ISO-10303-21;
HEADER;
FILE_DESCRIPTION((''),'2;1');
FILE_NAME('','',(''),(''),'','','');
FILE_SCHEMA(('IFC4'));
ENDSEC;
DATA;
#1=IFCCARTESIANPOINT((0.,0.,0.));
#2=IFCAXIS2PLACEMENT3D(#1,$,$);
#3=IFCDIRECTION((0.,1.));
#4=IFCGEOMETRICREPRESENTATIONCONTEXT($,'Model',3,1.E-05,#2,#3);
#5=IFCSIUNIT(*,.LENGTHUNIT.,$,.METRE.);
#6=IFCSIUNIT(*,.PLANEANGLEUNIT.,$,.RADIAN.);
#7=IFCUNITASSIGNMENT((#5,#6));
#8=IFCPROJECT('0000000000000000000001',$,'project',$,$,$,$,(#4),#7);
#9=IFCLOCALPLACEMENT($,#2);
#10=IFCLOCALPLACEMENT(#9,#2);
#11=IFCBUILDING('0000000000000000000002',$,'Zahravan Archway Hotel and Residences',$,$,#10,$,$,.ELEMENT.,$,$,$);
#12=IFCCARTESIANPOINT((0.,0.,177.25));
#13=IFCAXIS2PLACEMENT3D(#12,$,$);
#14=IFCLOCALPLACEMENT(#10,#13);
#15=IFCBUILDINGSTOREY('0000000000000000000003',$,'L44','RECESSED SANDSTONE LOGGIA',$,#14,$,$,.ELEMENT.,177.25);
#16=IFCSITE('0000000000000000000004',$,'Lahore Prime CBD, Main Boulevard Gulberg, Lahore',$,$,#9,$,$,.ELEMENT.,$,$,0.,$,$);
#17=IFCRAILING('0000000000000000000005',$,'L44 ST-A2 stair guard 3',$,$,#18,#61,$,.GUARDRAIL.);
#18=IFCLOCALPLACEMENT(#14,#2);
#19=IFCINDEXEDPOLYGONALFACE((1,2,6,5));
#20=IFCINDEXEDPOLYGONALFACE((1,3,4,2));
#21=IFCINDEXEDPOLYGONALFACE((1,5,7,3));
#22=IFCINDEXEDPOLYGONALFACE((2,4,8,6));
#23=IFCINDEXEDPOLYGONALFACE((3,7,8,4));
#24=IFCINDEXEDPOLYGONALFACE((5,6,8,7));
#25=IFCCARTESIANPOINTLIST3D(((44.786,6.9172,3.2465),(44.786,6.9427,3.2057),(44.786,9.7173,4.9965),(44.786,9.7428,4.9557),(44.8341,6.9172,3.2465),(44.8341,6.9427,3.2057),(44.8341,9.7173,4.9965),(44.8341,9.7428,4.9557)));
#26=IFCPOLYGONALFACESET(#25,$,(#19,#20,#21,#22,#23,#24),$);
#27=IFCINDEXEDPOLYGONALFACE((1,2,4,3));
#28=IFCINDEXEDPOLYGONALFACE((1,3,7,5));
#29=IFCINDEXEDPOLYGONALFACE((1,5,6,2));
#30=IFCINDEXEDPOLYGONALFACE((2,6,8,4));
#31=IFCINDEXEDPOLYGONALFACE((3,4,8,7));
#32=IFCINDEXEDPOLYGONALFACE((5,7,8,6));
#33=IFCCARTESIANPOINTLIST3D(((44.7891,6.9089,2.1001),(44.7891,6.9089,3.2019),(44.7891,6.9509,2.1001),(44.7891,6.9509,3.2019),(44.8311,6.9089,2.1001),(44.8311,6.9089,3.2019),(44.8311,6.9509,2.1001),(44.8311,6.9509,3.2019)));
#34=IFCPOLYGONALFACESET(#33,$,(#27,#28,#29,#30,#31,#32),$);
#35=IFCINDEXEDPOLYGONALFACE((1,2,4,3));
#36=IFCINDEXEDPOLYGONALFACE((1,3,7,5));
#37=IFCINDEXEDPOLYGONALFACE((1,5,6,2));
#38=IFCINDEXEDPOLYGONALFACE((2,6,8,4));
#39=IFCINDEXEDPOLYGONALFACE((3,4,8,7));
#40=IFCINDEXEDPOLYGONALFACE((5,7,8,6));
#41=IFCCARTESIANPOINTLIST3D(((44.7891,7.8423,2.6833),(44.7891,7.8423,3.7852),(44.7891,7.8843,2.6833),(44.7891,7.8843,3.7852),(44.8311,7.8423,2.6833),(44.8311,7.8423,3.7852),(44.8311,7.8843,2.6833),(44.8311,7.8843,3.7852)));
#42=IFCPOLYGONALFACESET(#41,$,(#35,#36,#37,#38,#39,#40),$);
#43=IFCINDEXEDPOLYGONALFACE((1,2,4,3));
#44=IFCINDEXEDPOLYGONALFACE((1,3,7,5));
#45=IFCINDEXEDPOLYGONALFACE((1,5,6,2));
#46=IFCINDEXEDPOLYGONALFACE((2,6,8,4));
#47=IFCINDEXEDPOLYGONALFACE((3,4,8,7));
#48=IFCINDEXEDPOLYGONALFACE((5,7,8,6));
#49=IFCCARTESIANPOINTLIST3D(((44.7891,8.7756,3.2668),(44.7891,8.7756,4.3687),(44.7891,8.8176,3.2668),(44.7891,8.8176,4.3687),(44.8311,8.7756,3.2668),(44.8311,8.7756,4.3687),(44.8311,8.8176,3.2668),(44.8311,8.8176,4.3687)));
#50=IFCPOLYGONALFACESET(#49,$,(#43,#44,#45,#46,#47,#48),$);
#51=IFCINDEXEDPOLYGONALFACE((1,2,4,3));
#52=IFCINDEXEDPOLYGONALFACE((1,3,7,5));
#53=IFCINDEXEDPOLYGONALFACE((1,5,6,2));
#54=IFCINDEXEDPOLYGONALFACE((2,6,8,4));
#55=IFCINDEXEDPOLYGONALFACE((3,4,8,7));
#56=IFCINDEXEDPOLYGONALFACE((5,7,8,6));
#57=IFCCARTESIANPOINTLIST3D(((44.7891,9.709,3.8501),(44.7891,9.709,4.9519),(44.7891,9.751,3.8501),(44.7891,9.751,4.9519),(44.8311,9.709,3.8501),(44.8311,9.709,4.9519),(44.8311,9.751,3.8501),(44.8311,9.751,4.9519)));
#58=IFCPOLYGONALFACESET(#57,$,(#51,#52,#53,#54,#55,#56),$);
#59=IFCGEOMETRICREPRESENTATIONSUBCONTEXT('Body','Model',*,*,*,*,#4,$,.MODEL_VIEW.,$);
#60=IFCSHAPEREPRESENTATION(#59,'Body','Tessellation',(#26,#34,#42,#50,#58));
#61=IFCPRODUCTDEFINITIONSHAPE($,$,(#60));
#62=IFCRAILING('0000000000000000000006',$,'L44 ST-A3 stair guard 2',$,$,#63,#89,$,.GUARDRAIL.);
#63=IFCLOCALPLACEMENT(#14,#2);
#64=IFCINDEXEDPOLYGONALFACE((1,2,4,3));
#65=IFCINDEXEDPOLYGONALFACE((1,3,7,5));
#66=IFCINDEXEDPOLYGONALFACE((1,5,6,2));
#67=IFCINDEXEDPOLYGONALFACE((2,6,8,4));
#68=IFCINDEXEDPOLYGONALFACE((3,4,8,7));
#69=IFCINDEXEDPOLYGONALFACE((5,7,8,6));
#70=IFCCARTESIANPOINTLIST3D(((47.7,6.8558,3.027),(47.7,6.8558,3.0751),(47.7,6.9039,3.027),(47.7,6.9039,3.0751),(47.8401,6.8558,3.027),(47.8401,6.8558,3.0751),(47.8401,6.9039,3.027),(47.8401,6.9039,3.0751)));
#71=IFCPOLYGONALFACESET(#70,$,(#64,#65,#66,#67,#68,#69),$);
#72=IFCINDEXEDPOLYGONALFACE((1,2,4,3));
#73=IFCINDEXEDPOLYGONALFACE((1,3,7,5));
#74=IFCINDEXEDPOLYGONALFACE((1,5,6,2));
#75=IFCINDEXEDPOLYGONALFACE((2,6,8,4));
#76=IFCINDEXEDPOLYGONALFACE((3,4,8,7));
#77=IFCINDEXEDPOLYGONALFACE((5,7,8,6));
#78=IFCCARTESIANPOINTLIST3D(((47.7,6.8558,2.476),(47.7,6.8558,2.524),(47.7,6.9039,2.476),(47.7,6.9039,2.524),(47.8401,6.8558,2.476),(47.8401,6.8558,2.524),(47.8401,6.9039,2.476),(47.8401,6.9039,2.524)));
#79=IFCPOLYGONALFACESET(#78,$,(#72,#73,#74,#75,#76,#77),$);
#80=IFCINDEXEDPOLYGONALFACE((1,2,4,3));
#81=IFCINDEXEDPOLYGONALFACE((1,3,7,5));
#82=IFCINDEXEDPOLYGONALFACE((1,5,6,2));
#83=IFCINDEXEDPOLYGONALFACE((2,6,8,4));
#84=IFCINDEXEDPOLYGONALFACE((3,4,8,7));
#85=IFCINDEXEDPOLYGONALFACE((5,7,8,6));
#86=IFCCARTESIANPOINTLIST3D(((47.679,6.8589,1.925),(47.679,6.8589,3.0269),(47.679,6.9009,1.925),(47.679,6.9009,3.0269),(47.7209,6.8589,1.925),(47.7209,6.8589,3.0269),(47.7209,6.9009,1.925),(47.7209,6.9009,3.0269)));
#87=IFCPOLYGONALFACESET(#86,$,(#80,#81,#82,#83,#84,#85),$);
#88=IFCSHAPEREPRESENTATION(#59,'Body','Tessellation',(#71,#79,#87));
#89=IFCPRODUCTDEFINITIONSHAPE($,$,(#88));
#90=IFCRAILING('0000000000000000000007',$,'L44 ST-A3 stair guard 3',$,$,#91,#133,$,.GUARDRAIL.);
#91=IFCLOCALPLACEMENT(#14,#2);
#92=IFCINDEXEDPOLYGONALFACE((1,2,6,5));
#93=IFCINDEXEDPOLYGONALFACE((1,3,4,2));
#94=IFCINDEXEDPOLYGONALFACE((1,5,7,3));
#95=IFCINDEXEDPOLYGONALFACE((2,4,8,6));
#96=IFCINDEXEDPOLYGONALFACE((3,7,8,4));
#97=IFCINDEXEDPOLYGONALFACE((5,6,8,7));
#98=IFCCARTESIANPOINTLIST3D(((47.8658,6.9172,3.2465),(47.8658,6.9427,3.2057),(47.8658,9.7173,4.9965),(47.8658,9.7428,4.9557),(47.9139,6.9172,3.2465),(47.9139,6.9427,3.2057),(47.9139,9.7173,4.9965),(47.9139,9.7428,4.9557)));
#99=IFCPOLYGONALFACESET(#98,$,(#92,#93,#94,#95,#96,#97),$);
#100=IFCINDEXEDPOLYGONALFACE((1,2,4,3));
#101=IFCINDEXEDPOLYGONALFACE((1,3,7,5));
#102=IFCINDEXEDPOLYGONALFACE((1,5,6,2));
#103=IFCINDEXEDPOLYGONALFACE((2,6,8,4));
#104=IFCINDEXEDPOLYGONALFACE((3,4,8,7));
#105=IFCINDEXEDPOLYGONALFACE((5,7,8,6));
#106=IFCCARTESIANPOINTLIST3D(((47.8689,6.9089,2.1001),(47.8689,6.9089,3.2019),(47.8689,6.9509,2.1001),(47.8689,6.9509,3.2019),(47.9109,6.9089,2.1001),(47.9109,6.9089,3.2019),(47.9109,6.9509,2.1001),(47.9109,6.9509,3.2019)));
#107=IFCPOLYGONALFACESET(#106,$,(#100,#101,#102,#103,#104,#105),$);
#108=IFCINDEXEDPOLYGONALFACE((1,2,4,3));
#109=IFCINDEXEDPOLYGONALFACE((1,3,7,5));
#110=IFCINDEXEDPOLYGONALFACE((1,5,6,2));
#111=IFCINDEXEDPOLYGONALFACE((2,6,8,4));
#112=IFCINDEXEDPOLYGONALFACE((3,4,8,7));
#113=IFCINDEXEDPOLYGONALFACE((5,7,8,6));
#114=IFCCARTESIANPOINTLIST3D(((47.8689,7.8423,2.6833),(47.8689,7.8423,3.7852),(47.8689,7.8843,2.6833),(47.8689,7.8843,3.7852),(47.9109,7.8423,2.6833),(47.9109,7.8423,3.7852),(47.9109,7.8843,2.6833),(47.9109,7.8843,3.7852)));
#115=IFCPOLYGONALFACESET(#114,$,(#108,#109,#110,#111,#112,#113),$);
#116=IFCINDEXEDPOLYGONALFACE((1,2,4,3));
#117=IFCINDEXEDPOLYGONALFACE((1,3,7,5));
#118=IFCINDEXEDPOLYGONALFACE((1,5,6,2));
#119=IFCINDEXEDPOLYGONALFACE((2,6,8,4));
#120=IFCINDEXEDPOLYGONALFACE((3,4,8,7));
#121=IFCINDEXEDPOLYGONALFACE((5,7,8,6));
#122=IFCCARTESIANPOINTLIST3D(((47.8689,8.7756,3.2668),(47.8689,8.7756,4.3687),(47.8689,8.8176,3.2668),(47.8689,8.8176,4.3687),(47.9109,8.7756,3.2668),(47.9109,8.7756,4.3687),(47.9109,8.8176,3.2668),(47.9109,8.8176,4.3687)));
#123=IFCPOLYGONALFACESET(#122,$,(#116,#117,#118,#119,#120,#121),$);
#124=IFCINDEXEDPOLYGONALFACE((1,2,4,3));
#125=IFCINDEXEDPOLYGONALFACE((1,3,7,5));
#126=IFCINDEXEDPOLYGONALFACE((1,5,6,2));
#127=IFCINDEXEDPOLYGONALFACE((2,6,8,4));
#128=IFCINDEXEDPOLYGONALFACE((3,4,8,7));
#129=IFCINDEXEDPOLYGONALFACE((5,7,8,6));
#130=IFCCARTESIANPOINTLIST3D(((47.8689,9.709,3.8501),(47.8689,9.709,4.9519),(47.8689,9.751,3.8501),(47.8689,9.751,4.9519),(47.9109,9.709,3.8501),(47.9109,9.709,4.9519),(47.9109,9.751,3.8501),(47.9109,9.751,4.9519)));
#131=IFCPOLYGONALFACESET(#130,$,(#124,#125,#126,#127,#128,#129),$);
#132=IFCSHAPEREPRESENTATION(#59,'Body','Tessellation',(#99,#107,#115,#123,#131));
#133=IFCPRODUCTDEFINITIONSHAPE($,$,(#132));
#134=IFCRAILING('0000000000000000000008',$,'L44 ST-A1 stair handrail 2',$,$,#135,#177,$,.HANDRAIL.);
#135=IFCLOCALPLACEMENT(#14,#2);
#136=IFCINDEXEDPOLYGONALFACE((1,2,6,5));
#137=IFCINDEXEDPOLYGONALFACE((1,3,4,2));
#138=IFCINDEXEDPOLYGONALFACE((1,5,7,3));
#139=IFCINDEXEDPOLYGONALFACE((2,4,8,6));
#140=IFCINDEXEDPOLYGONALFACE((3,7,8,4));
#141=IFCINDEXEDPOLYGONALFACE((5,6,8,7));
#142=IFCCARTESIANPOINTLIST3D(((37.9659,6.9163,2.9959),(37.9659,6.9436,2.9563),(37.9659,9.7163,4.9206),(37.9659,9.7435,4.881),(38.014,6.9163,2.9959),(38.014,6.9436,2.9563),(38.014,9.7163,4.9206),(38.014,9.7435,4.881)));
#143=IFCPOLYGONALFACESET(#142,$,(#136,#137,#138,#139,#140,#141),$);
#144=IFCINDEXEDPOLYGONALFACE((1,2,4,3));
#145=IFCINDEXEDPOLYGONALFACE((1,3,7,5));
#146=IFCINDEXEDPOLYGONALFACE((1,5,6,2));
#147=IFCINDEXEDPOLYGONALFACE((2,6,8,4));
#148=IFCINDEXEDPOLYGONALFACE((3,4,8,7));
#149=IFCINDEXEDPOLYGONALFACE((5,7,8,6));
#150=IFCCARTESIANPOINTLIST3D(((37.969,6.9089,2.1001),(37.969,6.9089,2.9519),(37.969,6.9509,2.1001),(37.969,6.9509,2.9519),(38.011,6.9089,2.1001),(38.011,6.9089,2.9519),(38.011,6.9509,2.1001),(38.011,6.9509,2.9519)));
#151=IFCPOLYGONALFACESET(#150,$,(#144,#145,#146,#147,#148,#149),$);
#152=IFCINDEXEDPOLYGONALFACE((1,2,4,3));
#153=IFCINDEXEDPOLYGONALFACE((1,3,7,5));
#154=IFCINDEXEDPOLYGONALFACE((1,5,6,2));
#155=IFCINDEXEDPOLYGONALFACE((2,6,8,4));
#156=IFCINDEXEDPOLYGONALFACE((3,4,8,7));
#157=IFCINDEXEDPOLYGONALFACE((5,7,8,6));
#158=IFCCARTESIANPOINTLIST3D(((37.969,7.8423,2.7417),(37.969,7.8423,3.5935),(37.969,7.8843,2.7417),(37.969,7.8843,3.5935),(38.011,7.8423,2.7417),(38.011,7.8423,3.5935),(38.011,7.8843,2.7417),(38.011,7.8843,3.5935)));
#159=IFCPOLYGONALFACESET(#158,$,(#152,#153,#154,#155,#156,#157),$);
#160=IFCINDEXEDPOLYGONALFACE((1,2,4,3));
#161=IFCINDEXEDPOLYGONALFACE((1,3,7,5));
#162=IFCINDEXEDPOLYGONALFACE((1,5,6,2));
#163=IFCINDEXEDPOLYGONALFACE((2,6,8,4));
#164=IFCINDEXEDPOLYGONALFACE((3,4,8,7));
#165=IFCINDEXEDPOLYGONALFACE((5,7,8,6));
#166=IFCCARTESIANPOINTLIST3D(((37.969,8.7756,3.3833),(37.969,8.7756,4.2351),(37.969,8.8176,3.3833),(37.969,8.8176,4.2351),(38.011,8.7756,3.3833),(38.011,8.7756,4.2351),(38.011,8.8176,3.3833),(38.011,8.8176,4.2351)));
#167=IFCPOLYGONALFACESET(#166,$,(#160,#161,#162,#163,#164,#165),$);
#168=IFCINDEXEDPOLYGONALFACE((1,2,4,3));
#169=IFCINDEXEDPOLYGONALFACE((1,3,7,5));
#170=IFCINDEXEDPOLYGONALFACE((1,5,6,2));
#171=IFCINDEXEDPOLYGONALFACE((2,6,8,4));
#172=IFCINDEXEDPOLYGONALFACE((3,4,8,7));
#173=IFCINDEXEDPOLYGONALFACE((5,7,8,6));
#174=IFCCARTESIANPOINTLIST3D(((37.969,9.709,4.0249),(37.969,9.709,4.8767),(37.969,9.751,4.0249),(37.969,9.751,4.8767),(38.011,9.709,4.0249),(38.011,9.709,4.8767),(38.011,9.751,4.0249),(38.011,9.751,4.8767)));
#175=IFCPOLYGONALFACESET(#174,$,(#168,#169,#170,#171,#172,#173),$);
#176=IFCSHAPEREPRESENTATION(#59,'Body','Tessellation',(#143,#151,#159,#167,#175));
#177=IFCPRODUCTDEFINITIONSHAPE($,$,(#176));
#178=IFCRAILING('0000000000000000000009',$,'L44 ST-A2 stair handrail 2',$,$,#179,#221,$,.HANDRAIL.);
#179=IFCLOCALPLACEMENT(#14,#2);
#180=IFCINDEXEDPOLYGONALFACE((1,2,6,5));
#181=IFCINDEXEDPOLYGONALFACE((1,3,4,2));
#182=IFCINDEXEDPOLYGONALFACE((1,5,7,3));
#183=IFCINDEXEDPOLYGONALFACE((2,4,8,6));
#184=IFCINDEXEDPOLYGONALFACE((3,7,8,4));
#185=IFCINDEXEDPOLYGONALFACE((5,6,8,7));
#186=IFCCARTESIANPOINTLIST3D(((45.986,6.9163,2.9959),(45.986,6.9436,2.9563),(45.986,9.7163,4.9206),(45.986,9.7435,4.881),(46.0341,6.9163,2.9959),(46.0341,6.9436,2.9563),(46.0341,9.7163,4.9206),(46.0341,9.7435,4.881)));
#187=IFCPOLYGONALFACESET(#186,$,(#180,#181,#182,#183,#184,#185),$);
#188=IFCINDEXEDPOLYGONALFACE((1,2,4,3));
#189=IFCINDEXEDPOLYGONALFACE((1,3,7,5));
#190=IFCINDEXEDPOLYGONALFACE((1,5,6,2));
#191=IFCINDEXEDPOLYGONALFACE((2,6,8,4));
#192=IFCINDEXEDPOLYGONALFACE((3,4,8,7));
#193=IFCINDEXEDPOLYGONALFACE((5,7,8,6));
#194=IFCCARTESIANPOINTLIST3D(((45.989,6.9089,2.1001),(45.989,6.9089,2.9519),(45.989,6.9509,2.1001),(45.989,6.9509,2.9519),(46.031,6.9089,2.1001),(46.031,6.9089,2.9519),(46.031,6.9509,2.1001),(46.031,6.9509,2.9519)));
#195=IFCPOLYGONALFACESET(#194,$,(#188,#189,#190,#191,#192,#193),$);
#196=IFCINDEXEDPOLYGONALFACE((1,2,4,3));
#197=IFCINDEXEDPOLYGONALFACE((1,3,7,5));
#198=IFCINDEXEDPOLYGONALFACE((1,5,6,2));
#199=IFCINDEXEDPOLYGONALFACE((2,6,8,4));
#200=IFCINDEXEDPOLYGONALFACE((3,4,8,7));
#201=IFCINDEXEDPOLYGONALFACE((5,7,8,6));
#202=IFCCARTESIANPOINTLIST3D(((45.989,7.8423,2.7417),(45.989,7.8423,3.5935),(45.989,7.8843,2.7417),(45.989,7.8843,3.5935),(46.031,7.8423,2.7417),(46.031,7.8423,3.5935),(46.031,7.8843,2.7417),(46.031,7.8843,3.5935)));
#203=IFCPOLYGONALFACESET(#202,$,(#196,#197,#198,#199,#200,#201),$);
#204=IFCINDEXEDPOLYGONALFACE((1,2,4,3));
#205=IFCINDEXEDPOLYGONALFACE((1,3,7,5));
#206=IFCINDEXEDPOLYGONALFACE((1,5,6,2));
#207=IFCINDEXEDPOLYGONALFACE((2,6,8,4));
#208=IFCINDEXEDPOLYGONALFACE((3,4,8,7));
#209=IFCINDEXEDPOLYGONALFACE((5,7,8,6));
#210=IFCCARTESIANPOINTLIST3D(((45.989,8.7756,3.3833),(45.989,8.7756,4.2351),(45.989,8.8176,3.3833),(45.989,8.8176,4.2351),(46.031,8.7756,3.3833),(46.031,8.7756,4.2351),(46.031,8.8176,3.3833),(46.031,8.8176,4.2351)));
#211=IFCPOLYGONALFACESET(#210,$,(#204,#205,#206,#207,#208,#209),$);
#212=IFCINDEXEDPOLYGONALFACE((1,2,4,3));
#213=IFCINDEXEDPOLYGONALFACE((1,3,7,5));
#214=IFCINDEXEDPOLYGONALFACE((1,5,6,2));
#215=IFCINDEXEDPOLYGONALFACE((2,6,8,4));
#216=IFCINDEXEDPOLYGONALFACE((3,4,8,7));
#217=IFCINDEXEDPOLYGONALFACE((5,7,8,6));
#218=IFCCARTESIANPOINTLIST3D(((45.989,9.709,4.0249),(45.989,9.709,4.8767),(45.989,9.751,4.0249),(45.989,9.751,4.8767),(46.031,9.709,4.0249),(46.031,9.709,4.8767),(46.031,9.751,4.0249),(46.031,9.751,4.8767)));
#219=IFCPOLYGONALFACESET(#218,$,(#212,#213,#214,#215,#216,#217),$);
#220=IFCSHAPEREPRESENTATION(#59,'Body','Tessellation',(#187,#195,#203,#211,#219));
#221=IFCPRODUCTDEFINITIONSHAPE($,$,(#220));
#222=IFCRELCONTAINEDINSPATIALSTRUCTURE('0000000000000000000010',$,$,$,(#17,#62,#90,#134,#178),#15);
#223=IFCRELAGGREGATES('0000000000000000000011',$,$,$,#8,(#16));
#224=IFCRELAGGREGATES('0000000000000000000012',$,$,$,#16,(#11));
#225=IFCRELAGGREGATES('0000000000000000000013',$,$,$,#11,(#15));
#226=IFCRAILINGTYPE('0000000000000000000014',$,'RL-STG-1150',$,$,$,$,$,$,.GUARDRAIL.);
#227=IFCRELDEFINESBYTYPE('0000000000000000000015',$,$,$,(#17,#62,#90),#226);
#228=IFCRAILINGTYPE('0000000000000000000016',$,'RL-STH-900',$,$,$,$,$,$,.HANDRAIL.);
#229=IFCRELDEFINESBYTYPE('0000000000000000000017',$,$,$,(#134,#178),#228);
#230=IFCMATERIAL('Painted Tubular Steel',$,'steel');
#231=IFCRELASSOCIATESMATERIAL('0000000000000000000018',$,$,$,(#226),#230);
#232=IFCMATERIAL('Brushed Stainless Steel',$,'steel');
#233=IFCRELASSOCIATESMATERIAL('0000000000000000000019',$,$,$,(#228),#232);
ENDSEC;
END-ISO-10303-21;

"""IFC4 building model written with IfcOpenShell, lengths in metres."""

from ifc_helpers import new_model, si_unit, direction, frame, origin, origin_2d, place, context, subcontext, project, spatial, rectangle, extrude, material, type_object, element, save


model = new_model("IFC4")

# Units and contexts
model_context = context("Model", 3, precision=1e-05, world=origin(), true_north=direction((0.0, 1.0)))
body_context = subcontext(model_context, "Body", "Model", "MODEL_VIEW")
ifc_project = project(units=[si_unit("LENGTHUNIT", "METRE"), si_unit("PLANEANGLEUNIT", "RADIAN")], contexts=[model_context])

# Site, building, storey
site_placement = place(None, origin())
site = spatial("IfcSite", under=ifc_project, at=site_placement, Name="Lahore Prime CBD, Main Boulevard Gulberg, Lahore", CompositionType="ELEMENT", RefElevation=0.0)
building_placement = place(site_placement, origin())
building = spatial("IfcBuilding", under=site, at=building_placement, Name="Zahravan Archway Hotel and Residences", CompositionType="ELEMENT")
storey_placement = place(building_placement, frame((0.0, 0.0, 177.25)))
storey = spatial("IfcBuildingStorey", under=building, at=storey_placement, Name="L44", Description="RECESSED SANDSTONE LOGGIA", CompositionType="ELEMENT", Elevation=177.25)

# Railings
ifc_material_1 = material(Name="Painted Tubular Steel", Category="steel")
railing_type_1 = type_object("IfcRailingType", Name="RL-STG-1150", PredefinedType="GUARDRAIL", material=ifc_material_1)
railing_1_placement = place(storey_placement, frame((44.8101, 6.9299, 2.1001)))
element("IfcRailing", 1, at=railing_1_placement, inside=storey, type_object=railing_type_1, Name="L44 ST-A2 stair guard 3", PredefinedType="GUARDRAIL", context=body_context, shape_type="SweptSolid", body=[
    extrude(rectangle(XDim=0.0481, YDim=0.0481, at=origin_2d()), frame((0.0, 0.0, 1.126), z_axis=(0.0, 0.848002, 0.529992), x_axis=(-1.0, 0.0, 0.0)), (0.0, 0.0, 1.0), 3.302),
    extrude(rectangle(XDim=0.042, YDim=0.042, at=origin_2d()), origin(), (0.0, 0.0, 1.0), 1.1018),
    extrude(rectangle(XDim=0.042, YDim=0.042, at=origin_2d()), frame((0.0, 0.9333, 0.5833)), (0.0, 0.0, 1.0), 1.1018),
    extrude(rectangle(XDim=0.042, YDim=0.042, at=origin_2d()), frame((0.0, 1.8667, 1.1667)), (0.0, 0.0, 1.0), 1.1018),
    extrude(rectangle(XDim=0.042, YDim=0.042, at=origin_2d()), frame((0.0, 2.8, 1.75)), (0.0, 0.0, 1.0), 1.1018),
])
railing_2_placement = place(storey_placement, frame((47.7, 6.8799, 1.925)))
element("IfcRailing", 2, at=railing_2_placement, inside=storey, type_object=railing_type_1, Name="L44 ST-A3 stair guard 2", PredefinedType="GUARDRAIL", context=body_context, shape_type="SweptSolid", body=[
    extrude(rectangle(XDim=0.0481, YDim=0.0481, at=origin_2d()), frame((0.0, 0.0, 1.126), z_axis=(1.0, 0.0, 0.0), x_axis=(0.0, 1.0, 0.0)), (0.0, 0.0, 1.0), 0.1401),
    extrude(rectangle(XDim=0.0481, YDim=0.0481, at=origin_2d()), frame((0.0, 0.0, 0.575), z_axis=(1.0, 0.0, 0.0), x_axis=(0.0, 1.0, 0.0)), (0.0, 0.0, 1.0), 0.1401),
    extrude(rectangle(XDim=0.042, YDim=0.042, at=origin_2d()), origin(), (0.0, 0.0, 1.0), 1.1018),
])
railing_3_placement = place(storey_placement, frame((47.8899, 6.9299, 2.1001)))
element("IfcRailing", 3, at=railing_3_placement, inside=storey, type_object=railing_type_1, Name="L44 ST-A3 stair guard 3", PredefinedType="GUARDRAIL", context=body_context, shape_type="SweptSolid", body=[
    extrude(rectangle(XDim=0.0481, YDim=0.0481, at=origin_2d()), frame((0.0, 0.0, 1.126), z_axis=(0.0, 0.848002, 0.529992), x_axis=(-1.0, 0.0, 0.0)), (0.0, 0.0, 1.0), 3.302),
    extrude(rectangle(XDim=0.042, YDim=0.042, at=origin_2d()), origin(), (0.0, 0.0, 1.0), 1.1018),
    extrude(rectangle(XDim=0.042, YDim=0.042, at=origin_2d()), frame((0.0, 0.9333, 0.5833)), (0.0, 0.0, 1.0), 1.1018),
    extrude(rectangle(XDim=0.042, YDim=0.042, at=origin_2d()), frame((0.0, 1.8667, 1.1667)), (0.0, 0.0, 1.0), 1.1018),
    extrude(rectangle(XDim=0.042, YDim=0.042, at=origin_2d()), frame((0.0, 2.8, 1.75)), (0.0, 0.0, 1.0), 1.1018),
])
ifc_material_2 = material(Name="Brushed Stainless Steel", Category="steel")
railing_type_2 = type_object("IfcRailingType", Name="RL-STH-900", PredefinedType="HANDRAIL", material=ifc_material_2)
for number, where, name in (
    (4, (37.99, 6.9299, 2.1001), "L44 ST-A1 stair handrail 2"),
    (5, (46.01, 6.9299, 2.1001), "L44 ST-A2 stair handrail 2"),
):
    element("IfcRailing", number, at=place(storey_placement, frame(where)), inside=storey, type_object=railing_type_2, Name=name, PredefinedType="HANDRAIL", context=body_context, shape_type="SweptSolid", body=[
        extrude(rectangle(XDim=0.0481, YDim=0.0481, at=origin_2d()), frame((0.0, 0.0, 0.876), z_axis=(0.0, 0.824073, 0.566483), x_axis=(-1.0, 0.0, 0.0)), (0.0, 0.0, 1.0), 3.3977),
        extrude(rectangle(XDim=0.042, YDim=0.042, at=origin_2d()), origin(), (0.0, 0.0, 1.0), 0.8518),
        extrude(rectangle(XDim=0.042, YDim=0.042, at=origin_2d()), frame((0.0, 0.9333, 0.6416)), (0.0, 0.0, 1.0), 0.8518),
        extrude(rectangle(XDim=0.042, YDim=0.042, at=origin_2d()), frame((0.0, 1.8667, 1.2832)), (0.0, 0.0, 1.0), 0.8518),
        extrude(rectangle(XDim=0.042, YDim=0.042, at=origin_2d()), frame((0.0, 2.8, 1.9248)), (0.0, 0.0, 1.0), 0.8518),
    ])

save(model, "model.ifc")
